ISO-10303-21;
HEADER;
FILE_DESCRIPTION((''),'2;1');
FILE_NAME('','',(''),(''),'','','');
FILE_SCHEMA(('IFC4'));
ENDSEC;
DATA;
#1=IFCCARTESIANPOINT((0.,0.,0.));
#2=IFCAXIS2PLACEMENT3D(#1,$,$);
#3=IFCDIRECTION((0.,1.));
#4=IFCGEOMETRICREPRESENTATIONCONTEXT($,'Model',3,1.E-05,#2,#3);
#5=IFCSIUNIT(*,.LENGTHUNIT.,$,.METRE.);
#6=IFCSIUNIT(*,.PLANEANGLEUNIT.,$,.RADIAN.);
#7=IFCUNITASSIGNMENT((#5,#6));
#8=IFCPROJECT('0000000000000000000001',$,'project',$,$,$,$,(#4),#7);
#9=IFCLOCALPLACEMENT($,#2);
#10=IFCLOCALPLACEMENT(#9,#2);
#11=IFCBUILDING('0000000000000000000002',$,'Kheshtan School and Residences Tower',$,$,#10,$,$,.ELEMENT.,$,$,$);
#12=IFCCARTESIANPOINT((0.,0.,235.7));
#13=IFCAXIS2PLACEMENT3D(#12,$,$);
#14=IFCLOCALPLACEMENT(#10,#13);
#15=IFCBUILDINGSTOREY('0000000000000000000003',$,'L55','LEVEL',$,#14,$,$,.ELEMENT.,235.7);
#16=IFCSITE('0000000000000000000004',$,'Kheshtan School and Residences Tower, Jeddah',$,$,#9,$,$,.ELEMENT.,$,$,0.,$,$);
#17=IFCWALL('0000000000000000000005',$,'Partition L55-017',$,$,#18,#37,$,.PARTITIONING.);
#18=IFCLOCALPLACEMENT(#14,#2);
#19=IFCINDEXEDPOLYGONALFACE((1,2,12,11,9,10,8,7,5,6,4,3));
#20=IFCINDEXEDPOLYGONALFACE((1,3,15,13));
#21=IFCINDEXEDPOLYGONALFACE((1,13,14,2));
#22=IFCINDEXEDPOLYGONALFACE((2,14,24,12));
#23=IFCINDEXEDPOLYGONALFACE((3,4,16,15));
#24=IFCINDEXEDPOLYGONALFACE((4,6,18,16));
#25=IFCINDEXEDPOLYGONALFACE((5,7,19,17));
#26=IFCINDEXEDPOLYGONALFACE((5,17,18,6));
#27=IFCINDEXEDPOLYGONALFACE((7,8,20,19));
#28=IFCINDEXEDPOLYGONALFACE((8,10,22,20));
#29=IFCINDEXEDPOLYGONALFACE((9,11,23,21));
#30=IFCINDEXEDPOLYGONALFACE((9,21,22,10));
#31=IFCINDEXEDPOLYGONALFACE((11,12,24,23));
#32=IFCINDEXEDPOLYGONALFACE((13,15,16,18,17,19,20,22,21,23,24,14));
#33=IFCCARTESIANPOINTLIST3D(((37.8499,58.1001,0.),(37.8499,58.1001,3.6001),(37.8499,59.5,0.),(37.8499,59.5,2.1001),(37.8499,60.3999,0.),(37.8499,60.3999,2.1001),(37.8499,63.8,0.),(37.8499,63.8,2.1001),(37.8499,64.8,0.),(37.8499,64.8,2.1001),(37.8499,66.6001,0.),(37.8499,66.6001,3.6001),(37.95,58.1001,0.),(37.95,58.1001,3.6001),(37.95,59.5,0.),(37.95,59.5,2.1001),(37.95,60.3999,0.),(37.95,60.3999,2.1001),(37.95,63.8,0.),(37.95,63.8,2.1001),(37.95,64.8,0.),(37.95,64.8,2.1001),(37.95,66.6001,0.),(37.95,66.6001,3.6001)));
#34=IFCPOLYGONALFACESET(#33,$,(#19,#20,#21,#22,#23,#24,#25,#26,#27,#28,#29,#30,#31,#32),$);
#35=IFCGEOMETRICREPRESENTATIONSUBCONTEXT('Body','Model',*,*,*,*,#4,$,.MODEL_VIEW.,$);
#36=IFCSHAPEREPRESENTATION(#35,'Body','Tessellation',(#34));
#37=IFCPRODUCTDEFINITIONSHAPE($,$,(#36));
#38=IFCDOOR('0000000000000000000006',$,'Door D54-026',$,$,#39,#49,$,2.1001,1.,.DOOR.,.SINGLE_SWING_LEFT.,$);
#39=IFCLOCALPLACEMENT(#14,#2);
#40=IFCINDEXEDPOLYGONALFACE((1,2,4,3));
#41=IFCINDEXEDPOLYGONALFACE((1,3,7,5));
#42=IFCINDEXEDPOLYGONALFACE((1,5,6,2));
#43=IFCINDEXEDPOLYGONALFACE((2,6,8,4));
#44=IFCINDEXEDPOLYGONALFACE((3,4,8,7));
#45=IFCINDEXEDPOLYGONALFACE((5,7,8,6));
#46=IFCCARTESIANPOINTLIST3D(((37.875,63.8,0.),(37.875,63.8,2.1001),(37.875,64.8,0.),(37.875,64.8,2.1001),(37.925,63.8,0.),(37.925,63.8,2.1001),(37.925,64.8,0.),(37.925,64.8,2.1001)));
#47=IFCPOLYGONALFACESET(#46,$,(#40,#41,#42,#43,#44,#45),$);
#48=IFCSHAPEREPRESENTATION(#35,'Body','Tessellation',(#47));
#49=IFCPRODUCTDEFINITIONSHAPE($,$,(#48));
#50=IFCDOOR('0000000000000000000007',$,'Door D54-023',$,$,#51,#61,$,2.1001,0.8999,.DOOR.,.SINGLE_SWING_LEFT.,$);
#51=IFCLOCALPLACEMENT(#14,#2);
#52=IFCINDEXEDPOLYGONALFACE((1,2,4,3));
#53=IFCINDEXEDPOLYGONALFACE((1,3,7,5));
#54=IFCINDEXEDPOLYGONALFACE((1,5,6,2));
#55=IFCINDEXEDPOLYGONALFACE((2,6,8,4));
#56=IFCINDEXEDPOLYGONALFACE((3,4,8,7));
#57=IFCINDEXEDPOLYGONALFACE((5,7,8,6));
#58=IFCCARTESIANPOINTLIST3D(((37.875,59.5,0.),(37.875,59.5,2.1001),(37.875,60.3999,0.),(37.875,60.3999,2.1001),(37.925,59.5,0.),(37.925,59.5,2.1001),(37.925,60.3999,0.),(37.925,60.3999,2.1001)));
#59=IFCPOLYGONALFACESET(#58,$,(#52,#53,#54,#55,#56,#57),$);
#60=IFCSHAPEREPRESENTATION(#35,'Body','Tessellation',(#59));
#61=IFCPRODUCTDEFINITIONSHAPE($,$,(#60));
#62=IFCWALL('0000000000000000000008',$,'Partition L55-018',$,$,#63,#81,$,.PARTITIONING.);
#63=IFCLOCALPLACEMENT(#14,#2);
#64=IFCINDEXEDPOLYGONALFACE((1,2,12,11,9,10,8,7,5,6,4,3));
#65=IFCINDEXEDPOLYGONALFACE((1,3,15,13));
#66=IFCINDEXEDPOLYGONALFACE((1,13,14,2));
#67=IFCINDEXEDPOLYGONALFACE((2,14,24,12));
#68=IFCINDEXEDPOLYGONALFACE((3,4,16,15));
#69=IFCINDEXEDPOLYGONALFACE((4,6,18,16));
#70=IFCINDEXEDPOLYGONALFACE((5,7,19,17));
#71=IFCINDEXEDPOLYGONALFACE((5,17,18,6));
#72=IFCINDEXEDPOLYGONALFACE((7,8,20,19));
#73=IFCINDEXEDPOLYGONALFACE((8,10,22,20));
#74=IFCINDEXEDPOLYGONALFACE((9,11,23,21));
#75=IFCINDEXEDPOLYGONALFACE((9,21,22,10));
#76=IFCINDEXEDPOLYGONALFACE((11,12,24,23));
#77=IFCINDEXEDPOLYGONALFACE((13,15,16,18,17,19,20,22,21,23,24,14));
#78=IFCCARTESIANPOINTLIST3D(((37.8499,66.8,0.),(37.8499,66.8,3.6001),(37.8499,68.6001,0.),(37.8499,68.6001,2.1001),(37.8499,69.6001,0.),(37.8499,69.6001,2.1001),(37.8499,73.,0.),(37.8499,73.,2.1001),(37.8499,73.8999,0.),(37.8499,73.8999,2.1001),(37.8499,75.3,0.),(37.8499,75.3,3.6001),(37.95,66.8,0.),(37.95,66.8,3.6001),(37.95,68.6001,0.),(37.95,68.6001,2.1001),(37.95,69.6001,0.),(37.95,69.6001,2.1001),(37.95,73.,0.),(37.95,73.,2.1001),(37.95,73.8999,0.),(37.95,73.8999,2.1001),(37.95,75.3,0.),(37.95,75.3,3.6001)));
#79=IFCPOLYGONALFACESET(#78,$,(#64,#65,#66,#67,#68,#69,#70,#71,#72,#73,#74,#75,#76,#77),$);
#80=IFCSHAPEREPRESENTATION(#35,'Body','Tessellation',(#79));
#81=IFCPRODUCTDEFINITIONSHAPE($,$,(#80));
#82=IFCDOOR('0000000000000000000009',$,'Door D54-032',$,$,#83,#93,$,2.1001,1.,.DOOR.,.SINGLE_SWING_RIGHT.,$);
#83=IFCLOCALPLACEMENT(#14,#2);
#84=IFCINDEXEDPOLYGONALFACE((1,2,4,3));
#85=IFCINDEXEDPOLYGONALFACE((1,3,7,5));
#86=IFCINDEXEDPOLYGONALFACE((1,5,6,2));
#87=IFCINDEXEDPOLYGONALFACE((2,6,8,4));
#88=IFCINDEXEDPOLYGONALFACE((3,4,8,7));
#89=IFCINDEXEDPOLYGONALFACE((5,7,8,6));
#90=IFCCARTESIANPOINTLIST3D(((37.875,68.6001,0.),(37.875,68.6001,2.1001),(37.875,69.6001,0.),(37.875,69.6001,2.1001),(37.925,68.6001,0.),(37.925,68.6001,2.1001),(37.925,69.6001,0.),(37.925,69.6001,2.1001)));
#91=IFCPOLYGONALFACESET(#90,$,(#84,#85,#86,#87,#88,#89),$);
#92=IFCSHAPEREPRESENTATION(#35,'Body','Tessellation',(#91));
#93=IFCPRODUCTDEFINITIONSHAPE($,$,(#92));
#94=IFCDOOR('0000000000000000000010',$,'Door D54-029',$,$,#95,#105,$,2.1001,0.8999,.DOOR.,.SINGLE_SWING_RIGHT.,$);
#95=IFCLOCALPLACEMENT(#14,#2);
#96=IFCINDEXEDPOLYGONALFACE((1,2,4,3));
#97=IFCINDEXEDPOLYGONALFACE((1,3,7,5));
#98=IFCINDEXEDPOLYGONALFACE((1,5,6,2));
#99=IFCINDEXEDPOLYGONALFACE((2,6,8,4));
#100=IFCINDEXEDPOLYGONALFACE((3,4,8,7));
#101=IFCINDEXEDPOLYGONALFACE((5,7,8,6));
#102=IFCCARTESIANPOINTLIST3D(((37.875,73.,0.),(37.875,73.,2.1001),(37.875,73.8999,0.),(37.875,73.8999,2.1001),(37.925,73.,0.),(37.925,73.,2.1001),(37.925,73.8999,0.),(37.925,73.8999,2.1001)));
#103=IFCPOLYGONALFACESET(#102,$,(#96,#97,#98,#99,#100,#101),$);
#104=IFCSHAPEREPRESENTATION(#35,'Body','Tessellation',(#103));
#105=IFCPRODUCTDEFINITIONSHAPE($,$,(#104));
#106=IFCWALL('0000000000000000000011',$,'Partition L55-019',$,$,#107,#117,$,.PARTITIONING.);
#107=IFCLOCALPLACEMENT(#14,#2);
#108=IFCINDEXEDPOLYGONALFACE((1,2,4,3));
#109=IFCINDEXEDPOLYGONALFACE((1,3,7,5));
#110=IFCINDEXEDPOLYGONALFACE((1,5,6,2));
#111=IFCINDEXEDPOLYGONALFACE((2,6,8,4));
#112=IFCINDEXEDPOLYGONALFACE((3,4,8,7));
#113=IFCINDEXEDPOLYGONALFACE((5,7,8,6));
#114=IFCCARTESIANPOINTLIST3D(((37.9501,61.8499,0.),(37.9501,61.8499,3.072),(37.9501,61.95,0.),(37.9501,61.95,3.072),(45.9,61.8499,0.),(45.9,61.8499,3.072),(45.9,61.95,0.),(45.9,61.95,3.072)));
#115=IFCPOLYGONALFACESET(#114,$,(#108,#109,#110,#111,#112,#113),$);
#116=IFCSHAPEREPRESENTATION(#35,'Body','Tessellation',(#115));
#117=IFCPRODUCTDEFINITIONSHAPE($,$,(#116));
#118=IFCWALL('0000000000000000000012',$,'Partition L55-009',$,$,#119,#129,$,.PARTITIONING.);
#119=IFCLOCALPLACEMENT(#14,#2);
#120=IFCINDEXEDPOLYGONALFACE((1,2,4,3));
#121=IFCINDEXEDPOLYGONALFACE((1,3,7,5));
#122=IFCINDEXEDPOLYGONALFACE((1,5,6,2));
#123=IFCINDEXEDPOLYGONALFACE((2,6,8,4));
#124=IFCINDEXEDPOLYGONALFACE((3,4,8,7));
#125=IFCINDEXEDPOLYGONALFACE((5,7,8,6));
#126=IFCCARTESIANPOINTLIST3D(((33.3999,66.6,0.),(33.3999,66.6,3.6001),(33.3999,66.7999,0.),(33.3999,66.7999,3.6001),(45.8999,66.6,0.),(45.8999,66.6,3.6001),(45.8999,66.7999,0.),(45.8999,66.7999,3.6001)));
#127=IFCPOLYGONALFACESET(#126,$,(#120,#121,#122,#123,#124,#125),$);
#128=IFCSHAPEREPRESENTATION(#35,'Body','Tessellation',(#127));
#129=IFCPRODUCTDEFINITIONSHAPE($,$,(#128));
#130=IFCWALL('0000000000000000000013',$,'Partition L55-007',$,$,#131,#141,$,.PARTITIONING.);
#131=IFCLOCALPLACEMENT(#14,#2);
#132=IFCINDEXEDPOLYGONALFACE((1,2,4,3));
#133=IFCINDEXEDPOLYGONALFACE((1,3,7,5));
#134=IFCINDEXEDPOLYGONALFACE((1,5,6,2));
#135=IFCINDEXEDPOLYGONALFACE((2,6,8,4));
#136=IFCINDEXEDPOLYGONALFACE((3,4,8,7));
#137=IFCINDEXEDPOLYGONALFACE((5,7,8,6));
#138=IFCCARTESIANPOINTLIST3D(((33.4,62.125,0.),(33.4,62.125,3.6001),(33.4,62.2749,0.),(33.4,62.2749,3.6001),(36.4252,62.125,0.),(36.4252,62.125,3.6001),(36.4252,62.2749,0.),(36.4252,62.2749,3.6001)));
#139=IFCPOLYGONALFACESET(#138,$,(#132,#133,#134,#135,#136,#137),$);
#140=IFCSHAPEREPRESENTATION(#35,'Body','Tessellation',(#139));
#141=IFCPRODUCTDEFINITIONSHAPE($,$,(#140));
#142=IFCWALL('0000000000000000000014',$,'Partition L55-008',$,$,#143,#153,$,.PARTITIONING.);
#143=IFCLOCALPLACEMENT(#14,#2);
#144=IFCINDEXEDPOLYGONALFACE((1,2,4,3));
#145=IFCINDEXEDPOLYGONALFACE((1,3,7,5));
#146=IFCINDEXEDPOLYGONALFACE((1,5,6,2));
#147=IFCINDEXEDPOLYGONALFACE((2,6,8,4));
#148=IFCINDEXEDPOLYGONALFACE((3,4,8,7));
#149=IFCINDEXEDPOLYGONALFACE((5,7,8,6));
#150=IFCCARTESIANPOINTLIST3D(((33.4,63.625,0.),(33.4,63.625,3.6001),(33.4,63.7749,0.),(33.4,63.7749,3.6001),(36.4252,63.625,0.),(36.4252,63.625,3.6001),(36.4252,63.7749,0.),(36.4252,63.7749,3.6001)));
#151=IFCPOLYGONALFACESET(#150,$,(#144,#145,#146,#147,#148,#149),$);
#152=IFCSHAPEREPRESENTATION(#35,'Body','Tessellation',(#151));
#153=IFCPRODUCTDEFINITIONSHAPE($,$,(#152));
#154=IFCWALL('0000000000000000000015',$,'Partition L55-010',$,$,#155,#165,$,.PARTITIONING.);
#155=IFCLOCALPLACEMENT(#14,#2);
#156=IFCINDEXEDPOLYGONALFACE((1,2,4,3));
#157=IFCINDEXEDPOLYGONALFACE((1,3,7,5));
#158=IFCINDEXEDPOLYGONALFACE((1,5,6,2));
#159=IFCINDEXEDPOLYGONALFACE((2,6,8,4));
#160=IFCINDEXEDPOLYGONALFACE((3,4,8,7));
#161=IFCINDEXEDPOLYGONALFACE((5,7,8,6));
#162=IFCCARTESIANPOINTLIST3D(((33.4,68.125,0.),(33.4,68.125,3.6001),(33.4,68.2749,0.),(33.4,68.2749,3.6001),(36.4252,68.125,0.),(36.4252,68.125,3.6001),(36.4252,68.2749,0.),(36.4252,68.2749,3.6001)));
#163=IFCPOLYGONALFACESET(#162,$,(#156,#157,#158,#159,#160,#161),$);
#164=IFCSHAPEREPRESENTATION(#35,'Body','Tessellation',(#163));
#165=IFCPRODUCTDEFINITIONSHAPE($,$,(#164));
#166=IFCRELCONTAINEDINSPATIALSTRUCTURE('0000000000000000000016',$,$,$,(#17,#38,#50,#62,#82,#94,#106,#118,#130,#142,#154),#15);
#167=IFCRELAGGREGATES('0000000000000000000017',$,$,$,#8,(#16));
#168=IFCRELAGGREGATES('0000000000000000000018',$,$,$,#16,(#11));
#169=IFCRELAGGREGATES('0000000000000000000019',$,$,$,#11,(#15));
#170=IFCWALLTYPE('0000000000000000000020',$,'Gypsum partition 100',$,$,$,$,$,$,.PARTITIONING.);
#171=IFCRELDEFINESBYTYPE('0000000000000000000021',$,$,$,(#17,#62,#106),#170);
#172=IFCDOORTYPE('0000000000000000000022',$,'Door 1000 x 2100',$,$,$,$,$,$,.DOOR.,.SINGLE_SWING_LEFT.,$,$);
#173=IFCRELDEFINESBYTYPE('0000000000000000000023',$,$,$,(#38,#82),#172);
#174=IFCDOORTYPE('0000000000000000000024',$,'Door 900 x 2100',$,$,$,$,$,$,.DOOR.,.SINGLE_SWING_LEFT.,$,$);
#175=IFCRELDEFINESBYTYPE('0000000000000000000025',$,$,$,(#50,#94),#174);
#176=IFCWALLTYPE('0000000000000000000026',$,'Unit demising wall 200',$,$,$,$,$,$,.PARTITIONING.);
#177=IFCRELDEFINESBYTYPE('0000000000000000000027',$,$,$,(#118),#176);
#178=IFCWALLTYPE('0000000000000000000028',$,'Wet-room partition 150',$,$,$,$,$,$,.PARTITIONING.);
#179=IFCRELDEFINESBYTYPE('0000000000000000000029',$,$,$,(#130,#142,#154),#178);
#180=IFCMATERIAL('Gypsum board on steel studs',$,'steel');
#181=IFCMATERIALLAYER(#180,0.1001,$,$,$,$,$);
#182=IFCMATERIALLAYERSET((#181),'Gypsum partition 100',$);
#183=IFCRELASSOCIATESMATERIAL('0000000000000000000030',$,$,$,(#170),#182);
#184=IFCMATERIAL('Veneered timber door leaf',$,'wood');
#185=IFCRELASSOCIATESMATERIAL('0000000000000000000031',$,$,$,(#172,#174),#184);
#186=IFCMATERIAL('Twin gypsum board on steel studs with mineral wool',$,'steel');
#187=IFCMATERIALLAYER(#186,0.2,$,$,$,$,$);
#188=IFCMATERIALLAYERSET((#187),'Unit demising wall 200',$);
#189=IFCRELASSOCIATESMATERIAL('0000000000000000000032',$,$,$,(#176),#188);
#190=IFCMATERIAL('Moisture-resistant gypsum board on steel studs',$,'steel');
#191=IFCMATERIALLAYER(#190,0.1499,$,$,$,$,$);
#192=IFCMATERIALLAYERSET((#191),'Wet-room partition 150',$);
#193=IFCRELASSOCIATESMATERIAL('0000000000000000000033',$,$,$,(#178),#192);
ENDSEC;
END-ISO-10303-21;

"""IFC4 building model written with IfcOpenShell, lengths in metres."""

from ifc_helpers import new_model, si_unit, direction, frame, frame_2d, origin, place, context, subcontext, project, spatial, rectangle, extrude, source, transform, mapped, material, layer, layer_set, type_object, element, fill, save


model = new_model("IFC4")

# Units and contexts
model_context = context("Model", 3, precision=1e-05, world=origin(), true_north=direction((0.0, 1.0)))
body_context = subcontext(model_context, "Body", "Model", "MODEL_VIEW")
ifc_project = project(units=[si_unit("LENGTHUNIT", "METRE"), si_unit("PLANEANGLEUNIT", "RADIAN")], contexts=[model_context])

# Site, building, storey
site_placement = place(None, origin())
site = spatial("IfcSite", under=ifc_project, at=site_placement, Name="Kheshtan School and Residences Tower, Jeddah", CompositionType="ELEMENT", RefElevation=0.0)
building_placement = place(site_placement, origin())
building = spatial("IfcBuilding", under=site, at=building_placement, Name="Kheshtan School and Residences Tower", CompositionType="ELEMENT")
storey_placement = place(building_placement, frame((0.0, 0.0, 235.7)))
storey = spatial("IfcBuildingStorey", under=building, at=storey_placement, Name="L55", Description="LEVEL", CompositionType="ELEMENT", Elevation=235.7)

# Walls, openings, doors
ifc_material_1 = material(Name="Gypsum board on steel studs", Category="steel")
ifc_layer_1 = layer(ifc_material_1, 0.1001)
ifc_layer_set_1 = layer_set([ifc_layer_1], Name="Gypsum partition 100")
wall_type_1 = type_object("IfcWallType", Name="Gypsum partition 100", PredefinedType="PARTITIONING", material=ifc_layer_set_1)
wall_1_placement = place(storey_placement, frame((37.8999, 58.1001, 0.0), z_axis=(0.0, 0.0, 1.0), x_axis=(0.0, 1.0, 0.0)))
wall_1 = element("IfcWall", 1, at=wall_1_placement, inside=storey, type_object=wall_type_1, Name="Partition L55-017", PredefinedType="PARTITIONING", context=body_context, shape_type="SweptSolid", body=[
    extrude(rectangle(XDim=8.5, YDim=0.1001, at=frame_2d((4.25, 0.0))), origin(), (0.0, 0.0, 1.0), 3.6001),
])
opening_1_placement = place(wall_1_placement, frame((1.3999, 0.0, 0.0)))
opening_1 = element("IfcOpeningElement", 2, at=opening_1_placement, cuts=wall_1, PredefinedType="OPENING", context=body_context, shape_type="SweptSolid", body=[
    extrude(rectangle(XDim=0.8999, YDim=2.1001, at=frame_2d((0.45, 1.05))), frame((0.0, 0.0601, 0.0), z_axis=(0.0, -1.0, 0.0), x_axis=(1.0, 0.0, 0.0)), (0.0, 0.0, 1.0), 0.1201),
])
opening_2_placement = place(wall_1_placement, frame((5.7, 0.0, 0.0)))
opening_2 = element("IfcOpeningElement", 3, at=opening_2_placement, cuts=wall_1, PredefinedType="OPENING", context=body_context, shape_type="SweptSolid", body=[
    extrude(rectangle(XDim=1.0, YDim=2.1001, at=frame_2d((0.5, 1.05))), frame((0.0, 0.0601, 0.0), z_axis=(0.0, -1.0, 0.0), x_axis=(1.0, 0.0, 0.0)), (0.0, 0.0, 1.0), 0.1201),
])
ifc_material_2 = material(Name="Veneered timber door leaf", Category="wood")
door_type_1 = type_object("IfcDoorType", Name="Door 1000 x 2100", OperationType="SINGLE_SWING_LEFT", PredefinedType="DOOR", material=ifc_material_2)
shared_shape_1 = source(origin(), body_context, "Body", "SweptSolid", [
    extrude(rectangle(XDim=1.0, YDim=2.1001, at=frame_2d((0.5, 1.05))), frame((0.0, 0.0249, 0.0), z_axis=(0.0, -1.0, 0.0), x_axis=(1.0, 0.0, 0.0)), (0.0, 0.0, 1.0), 0.05),
])
door_1_placement = place(opening_2_placement, origin())
door_1 = element("IfcDoor", 4, at=door_1_placement, inside=storey, type_object=door_type_1, Name="Door D54-026", OperationType="SINGLE_SWING_LEFT", OverallHeight=2.1001, OverallWidth=1.0, PredefinedType="DOOR", context=body_context, shape_type="MappedRepresentation", body=[
    mapped(shared_shape_1, transform((0.0, 0.0, 0.0), x_axis=(1.0, 0.0, 0.0), y_axis=(0.0, 1.0, 0.0), z_axis=(0.0, 0.0, 1.0), scale=1.0)),
])
fill(opening_2, door_1)
door_type_2 = type_object("IfcDoorType", Name="Door 900 x 2100", OperationType="SINGLE_SWING_LEFT", PredefinedType="DOOR", material=ifc_material_2)
shared_shape_2 = source(origin(), body_context, "Body", "SweptSolid", [
    extrude(rectangle(XDim=0.8999, YDim=2.1001, at=frame_2d((0.45, 1.05))), frame((0.0, 0.0249, 0.0), z_axis=(0.0, -1.0, 0.0), x_axis=(1.0, 0.0, 0.0)), (0.0, 0.0, 1.0), 0.05),
])
door_2_placement = place(opening_1_placement, origin())
door_2 = element("IfcDoor", 5, at=door_2_placement, inside=storey, type_object=door_type_2, Name="Door D54-023", OperationType="SINGLE_SWING_LEFT", OverallHeight=2.1001, OverallWidth=0.8999, PredefinedType="DOOR", context=body_context, shape_type="MappedRepresentation", body=[
    mapped(shared_shape_2, transform((0.0, 0.0, 0.0), x_axis=(1.0, 0.0, 0.0), y_axis=(0.0, 1.0, 0.0), z_axis=(0.0, 0.0, 1.0), scale=1.0)),
])
fill(opening_1, door_2)
wall_2_placement = place(storey_placement, frame((37.8999, 66.8, 0.0), z_axis=(0.0, 0.0, 1.0), x_axis=(0.0, 1.0, 0.0)))
wall_2 = element("IfcWall", 6, at=wall_2_placement, inside=storey, type_object=wall_type_1, Name="Partition L55-018", PredefinedType="PARTITIONING", context=body_context, shape_type="SweptSolid", body=[
    extrude(rectangle(XDim=8.5, YDim=0.1001, at=frame_2d((4.25, 0.0))), origin(), (0.0, 0.0, 1.0), 3.6001),
])
opening_3_placement = place(wall_2_placement, frame((6.2, 0.0, 0.0)))
opening_3 = element("IfcOpeningElement", 7, at=opening_3_placement, cuts=wall_2, PredefinedType="OPENING", context=body_context, shape_type="SweptSolid", body=[
    extrude(rectangle(XDim=0.8999, YDim=2.1001, at=frame_2d((0.45, 1.05))), frame((0.0, 0.0601, 0.0), z_axis=(0.0, -1.0, 0.0), x_axis=(1.0, 0.0, 0.0)), (0.0, 0.0, 1.0), 0.1201),
])
opening_4_placement = place(wall_2_placement, frame((1.8, 0.0, 0.0)))
opening_4 = element("IfcOpeningElement", 8, at=opening_4_placement, cuts=wall_2, PredefinedType="OPENING", context=body_context, shape_type="SweptSolid", body=[
    extrude(rectangle(XDim=1.0, YDim=2.1001, at=frame_2d((0.5, 1.05))), frame((0.0, 0.0601, 0.0), z_axis=(0.0, -1.0, 0.0), x_axis=(1.0, 0.0, 0.0)), (0.0, 0.0, 1.0), 0.1201),
])
door_3_placement = place(opening_4_placement, origin())
door_3 = element("IfcDoor", 9, at=door_3_placement, inside=storey, type_object=door_type_1, Name="Door D54-032", OperationType="SINGLE_SWING_RIGHT", OverallHeight=2.1001, OverallWidth=1.0, PredefinedType="DOOR", context=body_context, shape_type="MappedRepresentation", body=[
    mapped(shared_shape_1, transform((0.0, 0.0, 0.0), x_axis=(1.0, 0.0, 0.0), y_axis=(0.0, 1.0, 0.0), z_axis=(0.0, 0.0, 1.0), scale=1.0)),
])
fill(opening_4, door_3)
door_4_placement = place(opening_3_placement, origin())
door_4 = element("IfcDoor", 10, at=door_4_placement, inside=storey, type_object=door_type_2, Name="Door D54-029", OperationType="SINGLE_SWING_RIGHT", OverallHeight=2.1001, OverallWidth=0.8999, PredefinedType="DOOR", context=body_context, shape_type="MappedRepresentation", body=[
    mapped(shared_shape_2, transform((0.0, 0.0, 0.0), x_axis=(1.0, 0.0, 0.0), y_axis=(0.0, 1.0, 0.0), z_axis=(0.0, 0.0, 1.0), scale=1.0)),
])
fill(opening_3, door_4)

# Walls
wall_3_placement = place(storey_placement, frame((37.95, 61.8999, 0.0), z_axis=(0.0, 0.0, 1.0), x_axis=(1.0, 0.0, 0.0)))
element("IfcWall", 11, at=wall_3_placement, inside=storey, type_object=wall_type_1, Name="Partition L55-019", PredefinedType="PARTITIONING", context=body_context, shape_type="SweptSolid", body=[
    extrude(rectangle(XDim=7.95, YDim=0.1001, at=frame_2d((3.9751, 0.0))), origin(), (0.0, 0.0, 1.0), 3.072),
])
ifc_material_3 = material(Name="Twin gypsum board on steel studs with mineral wool", Category="steel")
ifc_layer_2 = layer(ifc_material_3, 0.2)
ifc_layer_set_2 = layer_set([ifc_layer_2], Name="Unit demising wall 200")
wall_type_2 = type_object("IfcWallType", Name="Unit demising wall 200", PredefinedType="PARTITIONING", material=ifc_layer_set_2)
wall_4_placement = place(storey_placement, frame((33.3999, 66.7, 0.0), z_axis=(0.0, 0.0, 1.0), x_axis=(1.0, 0.0, 0.0)))
element("IfcWall", 12, at=wall_4_placement, inside=storey, type_object=wall_type_2, Name="Partition L55-009", PredefinedType="PARTITIONING", context=body_context, shape_type="SweptSolid", body=[
    extrude(rectangle(XDim=12.5, YDim=0.2, at=frame_2d((6.25, 0.0))), origin(), (0.0, 0.0, 1.0), 3.6001),
])
ifc_material_4 = material(Name="Moisture-resistant gypsum board on steel studs", Category="steel")
ifc_layer_3 = layer(ifc_material_4, 0.1499)
ifc_layer_set_3 = layer_set([ifc_layer_3], Name="Wet-room partition 150")
wall_type_3 = type_object("IfcWallType", Name="Wet-room partition 150", PredefinedType="PARTITIONING", material=ifc_layer_set_3)
for number, where, z_axis, x_axis, name in (
    (13, (33.3999, 62.2, 0.0), (0.0, 0.0, 1.0), (1.0, 0.0, 0.0), "Partition L55-007"),
    (14, (33.3999, 63.7, 0.0), (0.0, 0.0, 1.0), (1.0, 0.0, 0.0), "Partition L55-008"),
    (15, (33.3999, 68.2, 0.0), (0.0, 0.0, 1.0), (1.0, 0.0, 0.0), "Partition L55-010"),
):
    element("IfcWall", number, at=place(storey_placement, frame(where, z_axis=z_axis, x_axis=x_axis)), inside=storey, type_object=wall_type_3, Name=name, PredefinedType="PARTITIONING", context=body_context, shape_type="SweptSolid", body=[
        extrude(rectangle(XDim=3.0251, YDim=0.1499, at=frame_2d((1.5127, 0.0))), origin(), (0.0, 0.0, 1.0), 3.6001),
    ])

save(model, "model.ifc")
